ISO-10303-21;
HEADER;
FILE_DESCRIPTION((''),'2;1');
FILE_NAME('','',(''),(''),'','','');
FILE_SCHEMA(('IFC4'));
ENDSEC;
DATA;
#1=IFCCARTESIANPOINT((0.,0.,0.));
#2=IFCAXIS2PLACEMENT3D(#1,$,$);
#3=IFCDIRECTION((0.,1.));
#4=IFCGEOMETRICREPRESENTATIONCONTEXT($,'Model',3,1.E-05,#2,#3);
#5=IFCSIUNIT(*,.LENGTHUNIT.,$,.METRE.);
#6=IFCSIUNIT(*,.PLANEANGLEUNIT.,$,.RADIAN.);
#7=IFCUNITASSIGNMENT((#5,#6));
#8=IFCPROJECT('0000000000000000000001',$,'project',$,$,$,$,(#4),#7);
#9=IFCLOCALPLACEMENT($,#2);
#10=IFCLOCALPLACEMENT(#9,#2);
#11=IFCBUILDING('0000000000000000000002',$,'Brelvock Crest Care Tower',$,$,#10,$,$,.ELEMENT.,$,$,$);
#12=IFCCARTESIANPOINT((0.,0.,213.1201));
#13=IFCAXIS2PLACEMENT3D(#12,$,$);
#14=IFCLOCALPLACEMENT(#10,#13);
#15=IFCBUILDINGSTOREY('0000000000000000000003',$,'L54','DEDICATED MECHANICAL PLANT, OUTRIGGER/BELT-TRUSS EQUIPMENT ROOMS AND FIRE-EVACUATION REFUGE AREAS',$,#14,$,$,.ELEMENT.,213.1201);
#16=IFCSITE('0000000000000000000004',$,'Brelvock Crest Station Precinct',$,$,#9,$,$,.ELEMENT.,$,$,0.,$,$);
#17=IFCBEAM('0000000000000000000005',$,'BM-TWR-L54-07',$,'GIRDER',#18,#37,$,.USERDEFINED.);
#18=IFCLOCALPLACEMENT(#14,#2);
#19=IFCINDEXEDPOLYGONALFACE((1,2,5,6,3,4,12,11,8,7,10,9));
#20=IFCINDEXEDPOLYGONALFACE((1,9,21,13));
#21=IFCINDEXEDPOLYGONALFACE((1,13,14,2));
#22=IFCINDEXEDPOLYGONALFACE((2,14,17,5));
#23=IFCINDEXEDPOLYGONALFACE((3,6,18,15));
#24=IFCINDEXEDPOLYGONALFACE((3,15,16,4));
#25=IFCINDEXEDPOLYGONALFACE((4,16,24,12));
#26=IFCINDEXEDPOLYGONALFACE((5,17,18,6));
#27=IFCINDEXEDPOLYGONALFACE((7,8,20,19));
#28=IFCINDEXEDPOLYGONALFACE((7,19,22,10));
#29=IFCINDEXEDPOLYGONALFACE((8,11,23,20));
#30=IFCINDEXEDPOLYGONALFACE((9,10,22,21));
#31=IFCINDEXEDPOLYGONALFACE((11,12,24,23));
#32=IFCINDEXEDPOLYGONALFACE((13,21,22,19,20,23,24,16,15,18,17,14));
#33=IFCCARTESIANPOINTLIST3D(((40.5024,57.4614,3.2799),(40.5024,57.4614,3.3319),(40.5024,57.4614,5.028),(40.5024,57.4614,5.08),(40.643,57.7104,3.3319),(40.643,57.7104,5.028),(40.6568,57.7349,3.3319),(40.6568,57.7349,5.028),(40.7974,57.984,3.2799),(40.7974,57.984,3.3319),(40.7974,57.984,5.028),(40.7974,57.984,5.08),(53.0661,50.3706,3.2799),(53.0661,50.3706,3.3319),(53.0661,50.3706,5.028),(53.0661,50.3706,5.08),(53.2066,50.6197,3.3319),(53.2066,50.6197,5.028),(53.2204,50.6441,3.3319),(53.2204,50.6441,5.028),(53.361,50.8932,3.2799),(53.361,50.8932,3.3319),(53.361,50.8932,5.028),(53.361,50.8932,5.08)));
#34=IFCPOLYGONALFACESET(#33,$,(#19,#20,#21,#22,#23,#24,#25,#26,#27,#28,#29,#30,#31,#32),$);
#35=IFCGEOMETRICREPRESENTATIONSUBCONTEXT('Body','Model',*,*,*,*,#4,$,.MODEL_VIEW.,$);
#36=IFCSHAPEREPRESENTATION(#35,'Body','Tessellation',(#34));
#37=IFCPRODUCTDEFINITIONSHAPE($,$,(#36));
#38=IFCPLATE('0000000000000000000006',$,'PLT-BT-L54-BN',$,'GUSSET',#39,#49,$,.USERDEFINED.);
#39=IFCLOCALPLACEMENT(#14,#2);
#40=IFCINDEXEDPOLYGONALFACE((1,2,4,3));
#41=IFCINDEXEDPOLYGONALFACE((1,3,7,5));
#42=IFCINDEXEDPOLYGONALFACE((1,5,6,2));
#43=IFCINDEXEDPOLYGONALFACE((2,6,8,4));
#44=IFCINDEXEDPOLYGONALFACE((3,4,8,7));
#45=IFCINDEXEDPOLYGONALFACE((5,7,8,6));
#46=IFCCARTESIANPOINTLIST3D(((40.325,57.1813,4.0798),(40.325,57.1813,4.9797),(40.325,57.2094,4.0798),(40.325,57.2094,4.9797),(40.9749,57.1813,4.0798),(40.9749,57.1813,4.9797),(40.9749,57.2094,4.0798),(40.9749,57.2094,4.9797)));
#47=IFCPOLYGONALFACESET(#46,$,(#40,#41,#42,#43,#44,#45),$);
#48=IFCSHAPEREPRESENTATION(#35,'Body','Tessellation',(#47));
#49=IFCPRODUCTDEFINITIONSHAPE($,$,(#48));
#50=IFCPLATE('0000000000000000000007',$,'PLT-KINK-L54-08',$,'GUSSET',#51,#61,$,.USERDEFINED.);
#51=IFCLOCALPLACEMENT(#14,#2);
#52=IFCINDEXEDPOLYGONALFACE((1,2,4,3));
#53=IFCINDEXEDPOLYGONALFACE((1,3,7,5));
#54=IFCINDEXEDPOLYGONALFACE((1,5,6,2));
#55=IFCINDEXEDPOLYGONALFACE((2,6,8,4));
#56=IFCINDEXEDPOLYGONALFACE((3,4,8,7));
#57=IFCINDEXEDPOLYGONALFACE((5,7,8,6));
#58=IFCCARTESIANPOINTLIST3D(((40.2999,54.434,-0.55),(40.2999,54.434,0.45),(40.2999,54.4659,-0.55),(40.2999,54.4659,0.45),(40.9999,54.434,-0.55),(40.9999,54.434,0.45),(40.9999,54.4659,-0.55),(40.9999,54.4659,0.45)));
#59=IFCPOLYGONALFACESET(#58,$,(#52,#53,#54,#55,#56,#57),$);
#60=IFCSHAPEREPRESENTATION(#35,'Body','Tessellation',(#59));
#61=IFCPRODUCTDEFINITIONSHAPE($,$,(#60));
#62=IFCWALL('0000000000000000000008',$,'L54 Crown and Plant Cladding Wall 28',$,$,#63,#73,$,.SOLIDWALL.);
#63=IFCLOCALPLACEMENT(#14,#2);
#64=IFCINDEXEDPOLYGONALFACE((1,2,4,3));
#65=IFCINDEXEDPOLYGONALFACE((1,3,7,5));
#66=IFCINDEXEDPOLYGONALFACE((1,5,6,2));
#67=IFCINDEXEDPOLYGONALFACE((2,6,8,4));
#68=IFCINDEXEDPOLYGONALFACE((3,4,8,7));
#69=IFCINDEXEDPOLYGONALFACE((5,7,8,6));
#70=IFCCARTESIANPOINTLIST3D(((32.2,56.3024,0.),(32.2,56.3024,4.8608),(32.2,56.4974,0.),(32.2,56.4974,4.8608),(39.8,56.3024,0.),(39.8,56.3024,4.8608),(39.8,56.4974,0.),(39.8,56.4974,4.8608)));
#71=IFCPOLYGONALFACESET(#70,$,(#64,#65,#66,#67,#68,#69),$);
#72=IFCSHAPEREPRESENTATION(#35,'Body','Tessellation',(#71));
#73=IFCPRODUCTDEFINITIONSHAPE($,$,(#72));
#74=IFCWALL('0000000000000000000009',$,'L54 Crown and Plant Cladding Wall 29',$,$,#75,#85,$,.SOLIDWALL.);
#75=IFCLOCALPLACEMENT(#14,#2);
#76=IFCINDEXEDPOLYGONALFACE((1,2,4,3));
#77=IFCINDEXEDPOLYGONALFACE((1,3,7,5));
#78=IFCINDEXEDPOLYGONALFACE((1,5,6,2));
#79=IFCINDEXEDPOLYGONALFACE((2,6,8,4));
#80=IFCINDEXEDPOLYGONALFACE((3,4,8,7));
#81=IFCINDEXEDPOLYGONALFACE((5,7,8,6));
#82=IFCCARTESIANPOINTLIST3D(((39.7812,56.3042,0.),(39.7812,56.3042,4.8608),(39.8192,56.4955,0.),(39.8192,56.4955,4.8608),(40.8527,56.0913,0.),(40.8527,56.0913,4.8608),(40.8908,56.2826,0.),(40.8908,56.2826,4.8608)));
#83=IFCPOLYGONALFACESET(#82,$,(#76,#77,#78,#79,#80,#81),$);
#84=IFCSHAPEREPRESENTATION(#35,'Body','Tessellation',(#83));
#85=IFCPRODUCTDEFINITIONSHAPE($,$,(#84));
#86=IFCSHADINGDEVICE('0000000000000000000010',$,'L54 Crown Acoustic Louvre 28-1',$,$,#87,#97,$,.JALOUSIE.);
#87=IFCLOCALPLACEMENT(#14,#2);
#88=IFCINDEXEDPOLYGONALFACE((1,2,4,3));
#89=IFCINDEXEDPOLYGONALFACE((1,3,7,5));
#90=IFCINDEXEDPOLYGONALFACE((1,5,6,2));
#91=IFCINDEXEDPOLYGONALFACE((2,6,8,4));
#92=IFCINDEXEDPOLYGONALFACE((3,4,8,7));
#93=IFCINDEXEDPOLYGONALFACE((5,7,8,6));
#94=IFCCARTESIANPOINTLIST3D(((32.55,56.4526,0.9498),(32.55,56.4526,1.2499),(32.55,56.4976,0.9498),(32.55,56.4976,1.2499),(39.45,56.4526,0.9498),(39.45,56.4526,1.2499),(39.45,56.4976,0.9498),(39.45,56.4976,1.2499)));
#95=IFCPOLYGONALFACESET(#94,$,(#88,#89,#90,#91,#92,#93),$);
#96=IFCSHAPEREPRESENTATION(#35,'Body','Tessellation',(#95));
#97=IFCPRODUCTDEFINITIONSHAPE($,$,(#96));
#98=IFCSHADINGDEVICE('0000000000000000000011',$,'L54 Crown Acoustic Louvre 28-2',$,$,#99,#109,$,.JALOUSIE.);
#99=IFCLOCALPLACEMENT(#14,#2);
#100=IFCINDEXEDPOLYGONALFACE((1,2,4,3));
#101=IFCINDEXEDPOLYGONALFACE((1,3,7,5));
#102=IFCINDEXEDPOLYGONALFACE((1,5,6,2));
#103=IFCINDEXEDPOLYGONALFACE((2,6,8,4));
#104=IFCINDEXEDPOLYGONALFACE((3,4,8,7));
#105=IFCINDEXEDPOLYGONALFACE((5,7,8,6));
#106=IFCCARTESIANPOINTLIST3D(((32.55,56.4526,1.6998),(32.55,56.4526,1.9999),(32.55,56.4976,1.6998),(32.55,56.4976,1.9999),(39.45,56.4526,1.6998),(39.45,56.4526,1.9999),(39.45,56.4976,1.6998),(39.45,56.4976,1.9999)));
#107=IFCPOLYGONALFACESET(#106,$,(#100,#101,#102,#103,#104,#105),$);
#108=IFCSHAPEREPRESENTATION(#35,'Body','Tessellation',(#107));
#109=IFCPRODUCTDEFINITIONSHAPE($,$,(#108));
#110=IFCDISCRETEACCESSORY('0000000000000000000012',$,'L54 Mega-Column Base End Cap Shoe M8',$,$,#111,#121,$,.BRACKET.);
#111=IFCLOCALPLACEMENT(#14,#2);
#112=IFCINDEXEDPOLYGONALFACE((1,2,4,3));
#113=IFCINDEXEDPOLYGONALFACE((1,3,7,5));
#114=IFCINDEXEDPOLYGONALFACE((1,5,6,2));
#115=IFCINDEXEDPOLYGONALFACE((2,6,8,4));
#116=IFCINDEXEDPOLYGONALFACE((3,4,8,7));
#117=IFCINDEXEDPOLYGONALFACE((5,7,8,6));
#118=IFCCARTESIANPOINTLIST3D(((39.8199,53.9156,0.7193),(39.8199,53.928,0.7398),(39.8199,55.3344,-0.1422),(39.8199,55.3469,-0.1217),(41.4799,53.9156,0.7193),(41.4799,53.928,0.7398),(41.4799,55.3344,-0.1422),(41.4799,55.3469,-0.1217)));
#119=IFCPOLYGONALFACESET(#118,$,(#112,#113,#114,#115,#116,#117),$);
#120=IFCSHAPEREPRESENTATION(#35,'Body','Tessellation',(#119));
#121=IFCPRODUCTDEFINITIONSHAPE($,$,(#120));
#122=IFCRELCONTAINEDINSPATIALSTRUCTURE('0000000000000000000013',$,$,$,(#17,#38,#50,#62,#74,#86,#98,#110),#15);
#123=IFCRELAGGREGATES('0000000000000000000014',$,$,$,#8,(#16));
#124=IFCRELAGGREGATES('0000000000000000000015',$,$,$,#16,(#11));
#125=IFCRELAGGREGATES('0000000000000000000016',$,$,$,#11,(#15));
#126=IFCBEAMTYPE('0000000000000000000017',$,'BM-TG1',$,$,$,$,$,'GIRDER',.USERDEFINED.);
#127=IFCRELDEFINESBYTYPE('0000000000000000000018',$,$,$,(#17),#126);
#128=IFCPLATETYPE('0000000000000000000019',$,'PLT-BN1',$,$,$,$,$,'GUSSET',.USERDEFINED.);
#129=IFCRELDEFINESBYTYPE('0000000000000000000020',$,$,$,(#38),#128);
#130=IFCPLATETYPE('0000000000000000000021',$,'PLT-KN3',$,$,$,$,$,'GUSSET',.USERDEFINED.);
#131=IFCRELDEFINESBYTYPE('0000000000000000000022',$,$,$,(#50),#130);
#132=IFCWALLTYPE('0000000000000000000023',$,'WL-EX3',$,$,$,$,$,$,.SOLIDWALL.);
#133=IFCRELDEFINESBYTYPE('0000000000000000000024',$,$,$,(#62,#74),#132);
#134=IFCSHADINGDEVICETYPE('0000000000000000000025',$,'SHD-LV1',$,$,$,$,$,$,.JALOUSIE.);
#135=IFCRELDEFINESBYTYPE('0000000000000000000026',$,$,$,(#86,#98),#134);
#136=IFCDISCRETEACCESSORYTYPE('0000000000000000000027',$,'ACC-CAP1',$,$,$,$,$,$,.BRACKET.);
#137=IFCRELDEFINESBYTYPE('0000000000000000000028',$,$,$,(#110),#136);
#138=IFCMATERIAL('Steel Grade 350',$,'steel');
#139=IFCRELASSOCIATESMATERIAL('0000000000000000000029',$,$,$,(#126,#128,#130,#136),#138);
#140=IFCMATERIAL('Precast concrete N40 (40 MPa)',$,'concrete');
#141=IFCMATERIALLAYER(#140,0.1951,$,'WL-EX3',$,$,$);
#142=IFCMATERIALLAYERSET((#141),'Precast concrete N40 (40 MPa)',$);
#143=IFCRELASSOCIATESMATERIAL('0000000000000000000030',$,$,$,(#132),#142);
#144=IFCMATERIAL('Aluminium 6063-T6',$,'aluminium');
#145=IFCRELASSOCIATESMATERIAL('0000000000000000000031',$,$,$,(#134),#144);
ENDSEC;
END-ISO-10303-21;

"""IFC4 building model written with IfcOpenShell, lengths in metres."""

from ifc_helpers import new_model, si_unit, direction, frame, frame_2d, origin, origin_2d, place, context, subcontext, project, spatial, rectangle, i_section, extrude, source, transform, mapped, material, layer, layer_set, material_profile, profile_set, type_object, element, save


model = new_model("IFC4")

# Units and contexts
model_context = context("Model", 3, precision=1e-05, world=origin(), true_north=direction((0.0, 1.0)))
body_context = subcontext(model_context, "Body", "Model", "MODEL_VIEW")
ifc_project = project(units=[si_unit("LENGTHUNIT", "METRE"), si_unit("PLANEANGLEUNIT", "RADIAN")], contexts=[model_context])

# Site, building, storey
site_placement = place(None, origin())
site = spatial("IfcSite", under=ifc_project, at=site_placement, Name="Brelvock Crest Station Precinct", CompositionType="ELEMENT", RefElevation=0.0)
building_placement = place(site_placement, origin())
building = spatial("IfcBuilding", under=site, at=building_placement, Name="Brelvock Crest Care Tower", CompositionType="ELEMENT")
storey_placement = place(building_placement, frame((0.0, 0.0, 213.1201)))
storey = spatial("IfcBuildingStorey", under=building, at=storey_placement, Name="L54", Description="DEDICATED MECHANICAL PLANT, OUTRIGGER/BELT-TRUSS EQUIPMENT ROOMS AND FIRE-EVACUATION REFUGE AREAS", CompositionType="ELEMENT", Elevation=213.1201)

# Shared definitions
ifc_material_1 = material(Name="Steel Grade 350", Category="steel")

# Beam
ifc_material_profile_1 = material_profile(ifc_material_1, i_section(OverallWidth=0.6001, OverallDepth=1.8, WebThickness=0.0281, FlangeThickness=0.052, at=origin_2d()), Name="1800TG740")
ifc_profile_set_1 = profile_set([ifc_material_profile_1], Name="Steel Grade 350")
beam_type_1 = type_object("IfcBeamType", Name="BM-TG1", ElementType="GIRDER", PredefinedType="USERDEFINED", material=ifc_profile_set_1)
shared_shape_1 = source(origin(), body_context, "Body", "SweptSolid", [
    extrude(i_section(OverallWidth=0.6001, OverallDepth=1.8, WebThickness=0.0281, FlangeThickness=0.052, at=origin_2d()), origin(), (0.0, 0.0, 1.0), 14.4265),
])
beam_placement = place(storey_placement, frame((40.6499, 57.7227, 4.1799), z_axis=(0.870872, -0.49151, 0.0), x_axis=(0.49151, 0.870872, 0.0)))
element("IfcBeam", 1, at=beam_placement, inside=storey, type_object=beam_type_1, Name="BM-TWR-L54-07", ObjectType="GIRDER", PredefinedType="USERDEFINED", context=body_context, shape_type="MappedRepresentation", body=[
    mapped(shared_shape_1, transform((0.0, 0.0, 0.0), x_axis=(1.0, 0.0, 0.0), y_axis=(0.0, 1.0, 0.0), z_axis=(0.0, 0.0, 1.0), scale=1.0)),
])

# Plates
plate_type_1 = type_object("IfcPlateType", Name="PLT-BN1", ElementType="GUSSET", PredefinedType="USERDEFINED", material=ifc_material_1)
shared_shape_2 = source(origin(), body_context, "Body", "SweptSolid", [
    extrude(rectangle(XDim=0.6499, YDim=0.0281, at=origin_2d()), origin(), (0.0, 0.0, 1.0), 0.8999),
])
plate_1_placement = place(storey_placement, frame((40.6499, 57.1953, 4.0798), z_axis=(0.0, 0.0, 1.0), x_axis=(1.0, 0.0, 0.0)))
element("IfcPlate", 2, at=plate_1_placement, inside=storey, type_object=plate_type_1, Name="PLT-BT-L54-BN", ObjectType="GUSSET", PredefinedType="USERDEFINED", context=body_context, shape_type="MappedRepresentation", body=[
    mapped(shared_shape_2, transform((0.0, 0.0, 0.0), x_axis=(1.0, 0.0, 0.0), y_axis=(0.0, 1.0, 0.0), z_axis=(0.0, 0.0, 1.0), scale=1.0)),
])
plate_type_2 = type_object("IfcPlateType", Name="PLT-KN3", ElementType="GUSSET", PredefinedType="USERDEFINED", material=ifc_material_1)
shared_shape_3 = source(origin(), body_context, "Body", "SweptSolid", [
    extrude(rectangle(XDim=0.7, YDim=0.032, at=origin_2d()), origin(), (0.0, 0.0, 1.0), 1.0),
])
plate_2_placement = place(storey_placement, frame((40.6499, 54.45, -0.55), z_axis=(0.0, 0.0, 1.0), x_axis=(1.0, 0.0, 0.0)))
element("IfcPlate", 3, at=plate_2_placement, inside=storey, type_object=plate_type_2, Name="PLT-KINK-L54-08", ObjectType="GUSSET", PredefinedType="USERDEFINED", context=body_context, shape_type="MappedRepresentation", body=[
    mapped(shared_shape_3, transform((0.0, 0.0, 0.0), x_axis=(1.0, 0.0, 0.0), y_axis=(0.0, 1.0, 0.0), z_axis=(0.0, 0.0, 1.0), scale=1.0)),
])

# Walls
ifc_material_2 = material(Name="Precast concrete N40 (40 MPa)", Category="concrete")
ifc_layer = layer(ifc_material_2, 0.1951, Name="WL-EX3")
ifc_layer_set = layer_set([ifc_layer], Name="Precast concrete N40 (40 MPa)")
wall_type = type_object("IfcWallType", Name="WL-EX3", PredefinedType="SOLIDWALL", material=ifc_layer_set)
wall_1_placement = place(storey_placement, frame((32.2, 56.3999, 0.0), z_axis=(0.0, 0.0, 1.0), x_axis=(1.0, 0.0, 0.0)))
element("IfcWall", 4, at=wall_1_placement, inside=storey, type_object=wall_type, Name="L54 Crown and Plant Cladding Wall 28", PredefinedType="SOLIDWALL", context=body_context, shape_type="SweptSolid", body=[
    extrude(rectangle(XDim=7.6001, YDim=0.1951, at=frame_2d((3.8, 0.0))), origin(), (0.0, 0.0, 1.0), 4.8608),
])
wall_2_placement = place(storey_placement, frame((39.8, 56.3999, 0.0), z_axis=(0.0, 0.0, 1.0), x_axis=(0.980829, -0.19487, 0.0)))
element("IfcWall", 5, at=wall_2_placement, inside=storey, type_object=wall_type, Name="L54 Crown and Plant Cladding Wall 29", PredefinedType="SOLIDWALL", context=body_context, shape_type="SweptSolid", body=[
    extrude(rectangle(XDim=1.0925, YDim=0.1951, at=frame_2d((0.5464, 0.0))), origin(), (0.0, 0.0, 1.0), 4.8608),
])

# Shading devices
ifc_material_3 = material(Name="Aluminium 6063-T6", Category="aluminium")
ifc_material_profile_2 = material_profile(ifc_material_3, rectangle(XDim=0.0449, YDim=0.3, at=origin_2d()), Name="LOUVRE45x300")
ifc_profile_set_2 = profile_set([ifc_material_profile_2], Name="Aluminium 6063-T6")
shading_device_type = type_object("IfcShadingDeviceType", Name="SHD-LV1", PredefinedType="JALOUSIE", material=ifc_profile_set_2)
shared_shape_4 = source(origin(), body_context, "Body", "SweptSolid", [
    extrude(rectangle(XDim=0.0449, YDim=0.3, at=origin_2d()), origin(), (0.0, 0.0, 1.0), 6.8999),
])
for number, where, z_axis, x_axis, name in (
    (6, (32.55, 56.4751, 1.0999), (1.0, 0.0, 0.0), (0.0, 1.0, 0.0), "L54 Crown Acoustic Louvre 28-1"),
    (7, (32.55, 56.4751, 1.8499), (1.0, 0.0, 0.0), (0.0, 1.0, 0.0), "L54 Crown Acoustic Louvre 28-2"),
):
    element("IfcShadingDevice", number, at=place(storey_placement, frame(where, z_axis=z_axis, x_axis=x_axis)), inside=storey, type_object=shading_device_type, Name=name, PredefinedType="JALOUSIE", context=body_context, shape_type="MappedRepresentation", body=[
        mapped(shared_shape_4, transform((0.0, 0.0, 0.0), x_axis=(1.0, 0.0, 0.0), y_axis=(0.0, 1.0, 0.0), z_axis=(0.0, 0.0, 1.0), scale=1.0)),
    ])

# Discrete accessory
ifc_material_profile_3 = material_profile(ifc_material_1, rectangle(XDim=1.6599, YDim=1.6599, at=origin_2d()), Name="ACC-CAP1")
ifc_profile_set_3 = profile_set([ifc_material_profile_3], Name="Steel Grade 350")
discrete_accessory_type = type_object("IfcDiscreteAccessoryType", Name="ACC-CAP1", PredefinedType="BRACKET", material=ifc_profile_set_3)
shared_shape_5 = source(origin(), body_context, "Body", "SweptSolid", [
    extrude(rectangle(XDim=1.6599, YDim=1.6599, at=origin_2d()), origin(), (0.0, 0.0, 1.0), 0.0239),
])
discrete_accessory_placement = place(storey_placement, frame((40.6499, 54.625, 0.2886), z_axis=(0.0, 0.518978, 0.854788), x_axis=(-1.0, 0.0, 0.0)))
element("IfcDiscreteAccessory", 8, at=discrete_accessory_placement, inside=storey, type_object=discrete_accessory_type, Name="L54 Mega-Column Base End Cap Shoe M8", PredefinedType="BRACKET", context=body_context, shape_type="MappedRepresentation", body=[
    mapped(shared_shape_5, transform((0.0, 0.0, 0.0), x_axis=(1.0, 0.0, 0.0), y_axis=(0.0, 1.0, 0.0), z_axis=(0.0, 0.0, 1.0), scale=1.0)),
])

save(model, "model.ifc")
